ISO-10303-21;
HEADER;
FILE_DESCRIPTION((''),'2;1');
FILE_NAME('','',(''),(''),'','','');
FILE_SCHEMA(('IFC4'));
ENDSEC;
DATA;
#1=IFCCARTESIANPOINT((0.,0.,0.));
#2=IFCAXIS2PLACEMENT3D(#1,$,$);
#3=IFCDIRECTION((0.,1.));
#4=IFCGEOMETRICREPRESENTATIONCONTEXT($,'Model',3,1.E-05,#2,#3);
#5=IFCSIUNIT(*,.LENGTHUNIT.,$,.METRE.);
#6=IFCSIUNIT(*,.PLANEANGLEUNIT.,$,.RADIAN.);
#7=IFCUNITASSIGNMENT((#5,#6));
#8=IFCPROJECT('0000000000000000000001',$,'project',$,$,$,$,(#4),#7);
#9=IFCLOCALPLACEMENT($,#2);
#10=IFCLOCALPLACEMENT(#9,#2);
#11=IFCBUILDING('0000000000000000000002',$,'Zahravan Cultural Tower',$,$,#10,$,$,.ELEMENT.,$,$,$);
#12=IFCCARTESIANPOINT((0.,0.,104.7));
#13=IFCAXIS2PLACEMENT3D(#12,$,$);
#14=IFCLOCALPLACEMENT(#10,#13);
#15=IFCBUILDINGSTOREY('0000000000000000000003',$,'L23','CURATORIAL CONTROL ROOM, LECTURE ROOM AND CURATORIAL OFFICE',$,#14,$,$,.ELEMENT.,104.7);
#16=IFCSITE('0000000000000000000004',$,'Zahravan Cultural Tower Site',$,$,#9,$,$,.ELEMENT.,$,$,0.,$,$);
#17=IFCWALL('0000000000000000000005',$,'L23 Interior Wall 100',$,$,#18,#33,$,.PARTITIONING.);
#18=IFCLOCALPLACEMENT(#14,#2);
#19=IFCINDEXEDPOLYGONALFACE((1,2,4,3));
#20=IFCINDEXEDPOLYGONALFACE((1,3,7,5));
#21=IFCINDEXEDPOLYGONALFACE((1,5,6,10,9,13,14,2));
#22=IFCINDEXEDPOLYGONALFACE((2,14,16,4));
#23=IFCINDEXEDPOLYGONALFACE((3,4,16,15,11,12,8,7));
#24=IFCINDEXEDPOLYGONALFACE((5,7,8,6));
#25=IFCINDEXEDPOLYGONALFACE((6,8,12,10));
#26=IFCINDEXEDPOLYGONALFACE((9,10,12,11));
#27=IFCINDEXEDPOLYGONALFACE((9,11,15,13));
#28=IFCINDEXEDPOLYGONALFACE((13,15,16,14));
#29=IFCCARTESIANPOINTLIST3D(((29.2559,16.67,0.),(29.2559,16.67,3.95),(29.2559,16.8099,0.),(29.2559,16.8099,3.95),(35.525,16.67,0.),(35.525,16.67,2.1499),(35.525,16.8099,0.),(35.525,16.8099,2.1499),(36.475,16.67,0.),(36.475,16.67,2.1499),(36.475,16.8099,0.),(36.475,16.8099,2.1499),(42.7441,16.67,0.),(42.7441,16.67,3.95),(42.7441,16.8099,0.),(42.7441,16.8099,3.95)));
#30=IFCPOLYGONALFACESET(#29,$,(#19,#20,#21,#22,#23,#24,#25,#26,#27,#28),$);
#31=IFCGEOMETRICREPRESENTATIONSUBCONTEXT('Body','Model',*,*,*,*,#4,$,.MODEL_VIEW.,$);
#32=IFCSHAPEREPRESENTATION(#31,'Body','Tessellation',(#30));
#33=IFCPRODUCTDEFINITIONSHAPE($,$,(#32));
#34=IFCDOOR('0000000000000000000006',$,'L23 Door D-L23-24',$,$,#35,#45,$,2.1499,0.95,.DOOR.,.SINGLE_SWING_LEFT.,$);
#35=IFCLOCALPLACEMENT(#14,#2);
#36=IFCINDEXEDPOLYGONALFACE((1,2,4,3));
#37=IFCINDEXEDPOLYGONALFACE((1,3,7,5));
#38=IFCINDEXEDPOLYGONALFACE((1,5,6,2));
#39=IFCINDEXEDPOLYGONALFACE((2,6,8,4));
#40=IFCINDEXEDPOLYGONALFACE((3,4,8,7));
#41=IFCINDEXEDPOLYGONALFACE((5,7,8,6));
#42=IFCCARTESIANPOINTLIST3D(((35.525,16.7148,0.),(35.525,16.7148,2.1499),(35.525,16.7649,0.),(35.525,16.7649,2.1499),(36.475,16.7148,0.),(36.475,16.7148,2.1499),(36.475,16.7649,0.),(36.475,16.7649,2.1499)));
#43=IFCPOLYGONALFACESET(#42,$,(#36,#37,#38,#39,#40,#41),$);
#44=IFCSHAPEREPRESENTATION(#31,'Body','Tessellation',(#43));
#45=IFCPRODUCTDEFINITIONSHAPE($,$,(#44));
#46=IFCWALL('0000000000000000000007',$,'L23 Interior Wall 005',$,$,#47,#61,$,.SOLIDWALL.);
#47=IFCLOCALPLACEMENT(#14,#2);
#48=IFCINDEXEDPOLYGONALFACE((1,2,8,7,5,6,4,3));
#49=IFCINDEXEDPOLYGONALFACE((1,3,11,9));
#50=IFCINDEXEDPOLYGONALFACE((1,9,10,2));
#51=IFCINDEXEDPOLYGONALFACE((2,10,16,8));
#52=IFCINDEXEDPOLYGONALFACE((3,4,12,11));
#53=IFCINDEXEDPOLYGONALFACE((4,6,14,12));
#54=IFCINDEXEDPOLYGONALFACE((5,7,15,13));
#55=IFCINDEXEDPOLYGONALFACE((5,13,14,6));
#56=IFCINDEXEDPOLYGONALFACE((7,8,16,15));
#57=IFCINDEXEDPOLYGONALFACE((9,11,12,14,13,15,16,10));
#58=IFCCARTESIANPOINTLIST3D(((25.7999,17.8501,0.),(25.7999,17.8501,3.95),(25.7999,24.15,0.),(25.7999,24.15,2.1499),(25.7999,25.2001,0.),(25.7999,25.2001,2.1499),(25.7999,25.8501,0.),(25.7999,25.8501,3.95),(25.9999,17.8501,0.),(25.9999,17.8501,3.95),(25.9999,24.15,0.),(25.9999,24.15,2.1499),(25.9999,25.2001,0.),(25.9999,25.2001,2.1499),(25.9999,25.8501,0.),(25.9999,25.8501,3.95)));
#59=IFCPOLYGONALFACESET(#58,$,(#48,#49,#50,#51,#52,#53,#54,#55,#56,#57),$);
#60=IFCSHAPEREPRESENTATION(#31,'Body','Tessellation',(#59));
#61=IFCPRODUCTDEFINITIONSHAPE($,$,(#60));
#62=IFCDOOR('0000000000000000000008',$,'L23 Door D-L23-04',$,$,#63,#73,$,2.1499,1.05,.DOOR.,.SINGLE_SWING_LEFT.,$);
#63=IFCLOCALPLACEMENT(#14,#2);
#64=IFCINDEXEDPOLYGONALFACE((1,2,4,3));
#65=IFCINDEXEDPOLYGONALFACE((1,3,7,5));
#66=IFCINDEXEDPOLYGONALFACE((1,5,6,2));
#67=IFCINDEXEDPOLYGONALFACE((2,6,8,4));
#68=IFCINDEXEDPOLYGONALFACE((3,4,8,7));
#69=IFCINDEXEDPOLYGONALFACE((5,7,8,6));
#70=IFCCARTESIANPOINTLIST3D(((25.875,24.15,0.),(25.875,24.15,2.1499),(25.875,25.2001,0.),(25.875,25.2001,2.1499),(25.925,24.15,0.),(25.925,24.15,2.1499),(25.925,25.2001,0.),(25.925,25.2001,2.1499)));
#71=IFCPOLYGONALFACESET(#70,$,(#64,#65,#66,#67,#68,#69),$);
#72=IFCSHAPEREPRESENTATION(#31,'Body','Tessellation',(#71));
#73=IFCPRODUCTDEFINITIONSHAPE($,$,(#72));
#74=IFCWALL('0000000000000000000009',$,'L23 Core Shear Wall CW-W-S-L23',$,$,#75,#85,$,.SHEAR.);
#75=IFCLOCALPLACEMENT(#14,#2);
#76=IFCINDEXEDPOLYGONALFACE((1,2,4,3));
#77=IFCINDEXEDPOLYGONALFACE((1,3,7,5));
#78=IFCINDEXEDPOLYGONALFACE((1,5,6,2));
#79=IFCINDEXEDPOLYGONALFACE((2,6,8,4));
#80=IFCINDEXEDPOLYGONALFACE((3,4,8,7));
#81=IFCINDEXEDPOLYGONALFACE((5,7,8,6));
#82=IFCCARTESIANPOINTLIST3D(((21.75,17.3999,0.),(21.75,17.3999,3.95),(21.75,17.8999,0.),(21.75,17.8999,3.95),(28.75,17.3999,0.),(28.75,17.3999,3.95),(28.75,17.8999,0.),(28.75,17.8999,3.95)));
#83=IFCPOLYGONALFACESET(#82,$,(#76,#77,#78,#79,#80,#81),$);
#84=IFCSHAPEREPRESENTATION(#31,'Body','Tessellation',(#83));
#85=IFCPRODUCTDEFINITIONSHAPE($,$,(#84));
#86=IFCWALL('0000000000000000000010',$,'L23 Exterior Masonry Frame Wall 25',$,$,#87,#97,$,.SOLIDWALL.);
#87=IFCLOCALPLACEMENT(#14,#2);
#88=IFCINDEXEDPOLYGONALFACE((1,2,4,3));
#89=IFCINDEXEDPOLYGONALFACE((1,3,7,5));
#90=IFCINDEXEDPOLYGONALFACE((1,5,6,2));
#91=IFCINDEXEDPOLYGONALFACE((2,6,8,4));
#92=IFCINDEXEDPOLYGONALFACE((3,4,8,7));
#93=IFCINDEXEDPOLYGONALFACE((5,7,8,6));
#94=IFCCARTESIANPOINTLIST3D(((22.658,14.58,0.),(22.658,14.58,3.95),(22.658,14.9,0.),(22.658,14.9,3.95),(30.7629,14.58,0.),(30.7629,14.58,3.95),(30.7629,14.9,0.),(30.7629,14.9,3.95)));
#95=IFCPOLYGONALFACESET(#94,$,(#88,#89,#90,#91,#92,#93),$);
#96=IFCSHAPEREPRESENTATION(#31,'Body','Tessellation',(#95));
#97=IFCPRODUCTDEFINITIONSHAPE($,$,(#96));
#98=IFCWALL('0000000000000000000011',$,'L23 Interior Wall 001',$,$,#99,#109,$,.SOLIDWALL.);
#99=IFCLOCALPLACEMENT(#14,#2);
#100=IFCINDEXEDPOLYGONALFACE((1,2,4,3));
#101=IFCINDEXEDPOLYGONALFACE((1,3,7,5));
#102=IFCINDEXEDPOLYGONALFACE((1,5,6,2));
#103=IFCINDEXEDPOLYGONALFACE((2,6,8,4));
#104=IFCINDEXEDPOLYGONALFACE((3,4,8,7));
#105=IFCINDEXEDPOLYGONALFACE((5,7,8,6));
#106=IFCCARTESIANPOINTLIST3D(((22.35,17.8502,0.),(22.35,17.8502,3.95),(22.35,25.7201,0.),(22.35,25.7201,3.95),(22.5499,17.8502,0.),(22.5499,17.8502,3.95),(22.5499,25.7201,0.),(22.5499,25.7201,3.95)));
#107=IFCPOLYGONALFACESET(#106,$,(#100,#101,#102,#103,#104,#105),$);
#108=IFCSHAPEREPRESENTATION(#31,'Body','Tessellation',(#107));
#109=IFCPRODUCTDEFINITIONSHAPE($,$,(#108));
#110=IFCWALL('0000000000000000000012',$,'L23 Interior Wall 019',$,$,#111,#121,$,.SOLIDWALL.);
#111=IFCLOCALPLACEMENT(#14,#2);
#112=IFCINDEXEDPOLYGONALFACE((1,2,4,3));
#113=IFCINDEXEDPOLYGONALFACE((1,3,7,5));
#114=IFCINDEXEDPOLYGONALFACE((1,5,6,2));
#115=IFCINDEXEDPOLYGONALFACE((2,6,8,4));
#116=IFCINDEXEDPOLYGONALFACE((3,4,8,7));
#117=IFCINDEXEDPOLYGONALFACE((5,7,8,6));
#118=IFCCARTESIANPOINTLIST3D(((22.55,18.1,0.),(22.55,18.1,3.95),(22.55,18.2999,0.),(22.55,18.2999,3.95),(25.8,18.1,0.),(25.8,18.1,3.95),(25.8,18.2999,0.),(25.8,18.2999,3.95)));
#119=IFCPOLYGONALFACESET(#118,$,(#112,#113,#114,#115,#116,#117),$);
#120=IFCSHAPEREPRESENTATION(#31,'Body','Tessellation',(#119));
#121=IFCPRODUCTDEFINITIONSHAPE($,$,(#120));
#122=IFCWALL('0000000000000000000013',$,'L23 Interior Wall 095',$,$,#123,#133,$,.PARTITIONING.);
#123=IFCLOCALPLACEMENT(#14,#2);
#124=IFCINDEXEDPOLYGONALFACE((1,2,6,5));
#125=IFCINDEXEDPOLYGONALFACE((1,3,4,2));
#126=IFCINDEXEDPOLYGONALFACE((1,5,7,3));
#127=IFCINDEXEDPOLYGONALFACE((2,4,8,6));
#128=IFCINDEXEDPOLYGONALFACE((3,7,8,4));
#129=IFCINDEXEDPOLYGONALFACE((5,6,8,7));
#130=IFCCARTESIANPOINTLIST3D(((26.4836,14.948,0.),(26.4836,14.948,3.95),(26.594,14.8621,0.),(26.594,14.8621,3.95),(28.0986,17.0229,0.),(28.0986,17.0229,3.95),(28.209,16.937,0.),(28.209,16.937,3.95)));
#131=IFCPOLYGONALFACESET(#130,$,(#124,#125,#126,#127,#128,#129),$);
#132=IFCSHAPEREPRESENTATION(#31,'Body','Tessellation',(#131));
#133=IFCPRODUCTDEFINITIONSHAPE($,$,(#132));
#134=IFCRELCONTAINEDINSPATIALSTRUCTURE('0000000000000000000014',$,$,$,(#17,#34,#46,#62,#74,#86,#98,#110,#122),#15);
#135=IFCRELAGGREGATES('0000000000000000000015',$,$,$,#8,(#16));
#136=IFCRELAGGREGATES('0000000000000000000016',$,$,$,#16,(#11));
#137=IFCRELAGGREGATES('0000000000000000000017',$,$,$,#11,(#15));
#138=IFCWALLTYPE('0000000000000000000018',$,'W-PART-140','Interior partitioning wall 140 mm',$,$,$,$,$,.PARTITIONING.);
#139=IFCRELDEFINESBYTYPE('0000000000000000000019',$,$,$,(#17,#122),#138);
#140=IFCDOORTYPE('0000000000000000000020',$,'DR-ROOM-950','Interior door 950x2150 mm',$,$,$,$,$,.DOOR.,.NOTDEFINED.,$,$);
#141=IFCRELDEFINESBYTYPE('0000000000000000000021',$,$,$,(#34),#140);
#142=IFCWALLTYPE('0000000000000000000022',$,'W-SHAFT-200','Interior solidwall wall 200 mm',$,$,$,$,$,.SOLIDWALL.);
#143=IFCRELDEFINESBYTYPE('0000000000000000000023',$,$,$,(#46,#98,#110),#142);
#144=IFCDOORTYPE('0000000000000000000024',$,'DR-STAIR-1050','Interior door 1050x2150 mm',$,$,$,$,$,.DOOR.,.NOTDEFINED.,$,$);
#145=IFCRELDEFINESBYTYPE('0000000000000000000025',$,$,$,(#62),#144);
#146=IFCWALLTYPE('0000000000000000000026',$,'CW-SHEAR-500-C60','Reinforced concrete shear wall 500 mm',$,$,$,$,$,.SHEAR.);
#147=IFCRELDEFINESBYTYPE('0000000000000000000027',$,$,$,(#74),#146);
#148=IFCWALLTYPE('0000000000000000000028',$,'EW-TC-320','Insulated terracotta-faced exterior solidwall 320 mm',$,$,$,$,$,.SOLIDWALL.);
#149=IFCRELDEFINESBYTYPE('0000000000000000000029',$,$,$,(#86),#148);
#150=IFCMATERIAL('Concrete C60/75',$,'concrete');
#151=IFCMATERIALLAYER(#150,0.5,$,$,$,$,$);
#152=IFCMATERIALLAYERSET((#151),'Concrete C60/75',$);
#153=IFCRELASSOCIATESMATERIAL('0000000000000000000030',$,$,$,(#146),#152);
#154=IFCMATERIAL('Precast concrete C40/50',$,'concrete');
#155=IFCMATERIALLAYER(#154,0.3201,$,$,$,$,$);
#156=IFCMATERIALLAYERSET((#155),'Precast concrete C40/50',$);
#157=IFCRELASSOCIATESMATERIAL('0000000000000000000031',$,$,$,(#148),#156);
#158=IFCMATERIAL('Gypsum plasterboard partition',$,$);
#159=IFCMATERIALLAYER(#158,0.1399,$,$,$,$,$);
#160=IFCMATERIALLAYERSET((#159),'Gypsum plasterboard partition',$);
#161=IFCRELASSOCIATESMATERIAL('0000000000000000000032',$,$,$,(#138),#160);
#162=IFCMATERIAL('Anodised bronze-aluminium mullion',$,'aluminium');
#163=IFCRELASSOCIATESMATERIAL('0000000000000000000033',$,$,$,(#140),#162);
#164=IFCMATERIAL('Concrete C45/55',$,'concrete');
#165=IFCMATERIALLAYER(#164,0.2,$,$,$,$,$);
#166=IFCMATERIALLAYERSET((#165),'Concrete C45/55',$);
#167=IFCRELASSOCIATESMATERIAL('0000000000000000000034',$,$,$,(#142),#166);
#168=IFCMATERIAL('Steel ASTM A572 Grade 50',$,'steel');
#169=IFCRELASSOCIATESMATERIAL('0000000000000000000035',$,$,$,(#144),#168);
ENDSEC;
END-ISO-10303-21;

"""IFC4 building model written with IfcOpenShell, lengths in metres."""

from ifc_helpers import new_model, si_unit, direction, frame, frame_2d, origin, place, context, subcontext, project, spatial, rectangle, extrude, source, transform, mapped, material, layer, layer_set, type_object, element, fill, save


model = new_model("IFC4")

# Units and contexts
model_context = context("Model", 3, precision=1e-05, world=origin(), true_north=direction((0.0, 1.0)))
body_context = subcontext(model_context, "Body", "Model", "MODEL_VIEW")
ifc_project = project(units=[si_unit("LENGTHUNIT", "METRE"), si_unit("PLANEANGLEUNIT", "RADIAN")], contexts=[model_context])

# Site, building, storey
site_placement = place(None, origin())
site = spatial("IfcSite", under=ifc_project, at=site_placement, Name="Zahravan Cultural Tower Site", CompositionType="ELEMENT", RefElevation=0.0)
building_placement = place(site_placement, origin())
building = spatial("IfcBuilding", under=site, at=building_placement, Name="Zahravan Cultural Tower", CompositionType="ELEMENT")
storey_placement = place(building_placement, frame((0.0, 0.0, 104.7)))
storey = spatial("IfcBuildingStorey", under=building, at=storey_placement, Name="L23", Description="CURATORIAL CONTROL ROOM, LECTURE ROOM AND CURATORIAL OFFICE", CompositionType="ELEMENT", Elevation=104.7)

# Shared definitions
ifc_material_1 = material(Name="Concrete C60/75", Category="concrete")

# Shared definitions
ifc_material_2 = material(Name="Anodised bronze-aluminium mullion", Category="aluminium")

# Shared definitions
ifc_layer_1 = layer(ifc_material_1, 0.5)
ifc_layer_set_1 = layer_set([ifc_layer_1], Name="Concrete C60/75")
wall_type_1 = type_object("IfcWallType", Name="CW-SHEAR-500-C60", Description="Reinforced concrete shear wall 500 mm", PredefinedType="SHEAR", material=ifc_layer_set_1)
ifc_material_3 = material(Name="Steel ASTM A572 Grade 50", Category="steel")

# Shared definitions
ifc_material_4 = material(Name="Precast concrete C40/50", Category="concrete")
ifc_layer_2 = layer(ifc_material_4, 0.3201)
ifc_layer_set_2 = layer_set([ifc_layer_2], Name="Precast concrete C40/50")
wall_type_2 = type_object("IfcWallType", Name="EW-TC-320", Description="Insulated terracotta-faced exterior solidwall 320 mm", PredefinedType="SOLIDWALL", material=ifc_layer_set_2)

# Walls, openings, doors
ifc_material_5 = material(Name="Gypsum plasterboard partition")
ifc_layer_3 = layer(ifc_material_5, 0.1399)
ifc_layer_set_3 = layer_set([ifc_layer_3], Name="Gypsum plasterboard partition")
wall_type_3 = type_object("IfcWallType", Name="W-PART-140", Description="Interior partitioning wall 140 mm", PredefinedType="PARTITIONING", material=ifc_layer_set_3)
wall_1_placement = place(storey_placement, frame((29.2559, 16.74, 0.0), z_axis=(0.0, 0.0, 1.0), x_axis=(1.0, 0.0, 0.0)))
wall_1 = element("IfcWall", 1, at=wall_1_placement, inside=storey, type_object=wall_type_3, Name="L23 Interior Wall 100", PredefinedType="PARTITIONING", context=body_context, shape_type="SweptSolid", body=[
    extrude(rectangle(XDim=13.4883, YDim=0.1399, at=frame_2d((6.7441, 0.0))), origin(), (0.0, 0.0, 1.0), 3.95),
])
opening_1_placement = place(wall_1_placement, frame((6.269, 0.0, 0.0)))
opening_1 = element("IfcOpeningElement", 2, at=opening_1_placement, cuts=wall_1, PredefinedType="OPENING", context=body_context, shape_type="SweptSolid", body=[
    extrude(rectangle(XDim=0.95, YDim=2.1499, at=frame_2d((0.4751, 1.075))), frame((0.0, 0.0798, 0.0), z_axis=(0.0, -1.0, 0.0), x_axis=(1.0, 0.0, 0.0)), (0.0, 0.0, 1.0), 0.1599),
])
door_type_1 = type_object("IfcDoorType", Name="DR-ROOM-950", Description="Interior door 950x2150 mm", OperationType="NOTDEFINED", PredefinedType="DOOR", material=ifc_material_2)
shared_shape_1 = source(origin(), body_context, "Body", "SweptSolid", [
    extrude(rectangle(XDim=0.95, YDim=2.1499, at=frame_2d((0.4751, 1.075))), frame((0.0, 0.0249, 0.0), z_axis=(0.0, -1.0, 0.0), x_axis=(1.0, 0.0, 0.0)), (0.0, 0.0, 1.0), 0.05),
])
door_1_placement = place(opening_1_placement, origin())
door_1 = element("IfcDoor", 3, at=door_1_placement, inside=storey, type_object=door_type_1, Name="L23 Door D-L23-24", OperationType="SINGLE_SWING_LEFT", OverallHeight=2.1499, OverallWidth=0.95, PredefinedType="DOOR", context=body_context, shape_type="MappedRepresentation", body=[
    mapped(shared_shape_1, transform((0.0, 0.0, 0.0), x_axis=(1.0, 0.0, 0.0), y_axis=(0.0, 1.0, 0.0), z_axis=(0.0, 0.0, 1.0), scale=1.0)),
])
fill(opening_1, door_1)
ifc_material_6 = material(Name="Concrete C45/55", Category="concrete")
ifc_layer_4 = layer(ifc_material_6, 0.2)
ifc_layer_set_4 = layer_set([ifc_layer_4], Name="Concrete C45/55")
wall_type_4 = type_object("IfcWallType", Name="W-SHAFT-200", Description="Interior solidwall wall 200 mm", PredefinedType="SOLIDWALL", material=ifc_layer_set_4)
wall_2_placement = place(storey_placement, frame((25.8999, 17.8501, 0.0), z_axis=(0.0, 0.0, 1.0), x_axis=(0.0, 1.0, 0.0)))
wall_2 = element("IfcWall", 4, at=wall_2_placement, inside=storey, type_object=wall_type_4, Name="L23 Interior Wall 005", PredefinedType="SOLIDWALL", context=body_context, shape_type="SweptSolid", body=[
    extrude(rectangle(XDim=8.0, YDim=0.2, at=frame_2d((4.0, 0.0))), origin(), (0.0, 0.0, 1.0), 3.95),
])
opening_2_placement = place(wall_2_placement, frame((6.3, 0.0, 0.0)))
opening_2 = element("IfcOpeningElement", 5, at=opening_2_placement, cuts=wall_2, PredefinedType="OPENING", context=body_context, shape_type="SweptSolid", body=[
    extrude(rectangle(XDim=1.05, YDim=2.1499, at=frame_2d((0.5249, 1.075))), frame((0.0, 0.1099, 0.0), z_axis=(0.0, -1.0, 0.0), x_axis=(1.0, 0.0, 0.0)), (0.0, 0.0, 1.0), 0.22),
])
door_type_2 = type_object("IfcDoorType", Name="DR-STAIR-1050", Description="Interior door 1050x2150 mm", OperationType="NOTDEFINED", PredefinedType="DOOR", material=ifc_material_3)
shared_shape_2 = source(origin(), body_context, "Body", "SweptSolid", [
    extrude(rectangle(XDim=1.05, YDim=2.1499, at=frame_2d((0.5249, 1.075))), frame((0.0, 0.0249, 0.0), z_axis=(0.0, -1.0, 0.0), x_axis=(1.0, 0.0, 0.0)), (0.0, 0.0, 1.0), 0.05),
])
door_2_placement = place(opening_2_placement, origin())
door_2 = element("IfcDoor", 6, at=door_2_placement, inside=storey, type_object=door_type_2, Name="L23 Door D-L23-04", OperationType="SINGLE_SWING_LEFT", OverallHeight=2.1499, OverallWidth=1.05, PredefinedType="DOOR", context=body_context, shape_type="MappedRepresentation", body=[
    mapped(shared_shape_2, transform((0.0, 0.0, 0.0), x_axis=(1.0, 0.0, 0.0), y_axis=(0.0, 1.0, 0.0), z_axis=(0.0, 0.0, 1.0), scale=1.0)),
])
fill(opening_2, door_2)

# Walls
shared_shape_3 = source(origin(), body_context, "Body", "SweptSolid", [
    extrude(rectangle(XDim=7.0, YDim=0.5, at=frame_2d((3.5, 0.0))), origin(), (0.0, 0.0, 1.0), 3.95),
])
wall_3_placement = place(storey_placement, frame((21.75, 17.6499, 0.0), z_axis=(0.0, 0.0, 1.0), x_axis=(1.0, 0.0, 0.0)))
element("IfcWall", 7, at=wall_3_placement, inside=storey, type_object=wall_type_1, Name="L23 Core Shear Wall CW-W-S-L23", PredefinedType="SHEAR", context=body_context, shape_type="MappedRepresentation", body=[
    mapped(shared_shape_3, transform((0.0, 0.0, 0.0), x_axis=(1.0, 0.0, 0.0), y_axis=(0.0, 1.0, 0.0), z_axis=(0.0, 0.0, 1.0), scale=1.0)),
])
shared_shape_4 = source(origin(), body_context, "Body", "SweptSolid", [
    extrude(rectangle(XDim=8.105, YDim=0.3201, at=frame_2d((4.0525, 0.0))), origin(), (0.0, 0.0, 1.0), 3.95),
])
wall_4_placement = place(storey_placement, frame((30.7629, 14.74, 0.0), z_axis=(0.0, 0.0, 1.0), x_axis=(-1.0, 0.0, 0.0)))
element("IfcWall", 8, at=wall_4_placement, inside=storey, type_object=wall_type_2, Name="L23 Exterior Masonry Frame Wall 25", PredefinedType="SOLIDWALL", context=body_context, shape_type="MappedRepresentation", body=[
    mapped(shared_shape_4, transform((0.0, 0.0, 0.0), x_axis=(1.0, 0.0, 0.0), y_axis=(0.0, 1.0, 0.0), z_axis=(0.0, 0.0, 1.0), scale=1.0)),
])
shared_shape_5 = source(origin(), body_context, "Body", "SweptSolid", [
    extrude(rectangle(XDim=7.8699, YDim=0.2, at=frame_2d((3.9351, 0.0))), origin(), (0.0, 0.0, 1.0), 3.95),
])
wall_5_placement = place(storey_placement, frame((22.45, 17.8501, 0.0), z_axis=(0.0, 0.0, 1.0), x_axis=(0.0, 1.0, 0.0)))
element("IfcWall", 9, at=wall_5_placement, inside=storey, type_object=wall_type_4, Name="L23 Interior Wall 001", PredefinedType="SOLIDWALL", context=body_context, shape_type="MappedRepresentation", body=[
    mapped(shared_shape_5, transform((0.0, 0.0, 0.0), x_axis=(1.0, 0.0, 0.0), y_axis=(0.0, 1.0, 0.0), z_axis=(0.0, 0.0, 1.0), scale=1.0)),
])
shared_shape_6 = source(origin(), body_context, "Body", "SweptSolid", [
    extrude(rectangle(XDim=3.25, YDim=0.2, at=frame_2d((1.625, 0.0))), origin(), (0.0, 0.0, 1.0), 3.95),
])
wall_6_placement = place(storey_placement, frame((22.55, 18.2, 0.0), z_axis=(0.0, 0.0, 1.0), x_axis=(1.0, 0.0, 0.0)))
element("IfcWall", 10, at=wall_6_placement, inside=storey, type_object=wall_type_4, Name="L23 Interior Wall 019", PredefinedType="SOLIDWALL", context=body_context, shape_type="MappedRepresentation", body=[
    mapped(shared_shape_6, transform((0.0, 0.0, 0.0), x_axis=(1.0, 0.0, 0.0), y_axis=(0.0, 1.0, 0.0), z_axis=(0.0, 0.0, 1.0), scale=1.0)),
])
shared_shape_7 = source(origin(), body_context, "Body", "SweptSolid", [
    extrude(rectangle(XDim=2.6294, YDim=0.1399, at=frame_2d((1.3147, 0.0))), origin(), (0.0, 0.0, 1.0), 3.95),
])
wall_7_placement = place(storey_placement, frame((28.1538, 16.98, 0.0), z_axis=(0.0, 0.0, 1.0), x_axis=(-0.614211, -0.789142, 0.0)))
element("IfcWall", 11, at=wall_7_placement, inside=storey, type_object=wall_type_3, Name="L23 Interior Wall 095", PredefinedType="PARTITIONING", context=body_context, shape_type="MappedRepresentation", body=[
    mapped(shared_shape_7, transform((0.0, 0.0, 0.0), x_axis=(1.0, 0.0, 0.0), y_axis=(0.0, 1.0, 0.0), z_axis=(0.0, 0.0, 1.0), scale=1.0)),
])

save(model, "model.ifc")
